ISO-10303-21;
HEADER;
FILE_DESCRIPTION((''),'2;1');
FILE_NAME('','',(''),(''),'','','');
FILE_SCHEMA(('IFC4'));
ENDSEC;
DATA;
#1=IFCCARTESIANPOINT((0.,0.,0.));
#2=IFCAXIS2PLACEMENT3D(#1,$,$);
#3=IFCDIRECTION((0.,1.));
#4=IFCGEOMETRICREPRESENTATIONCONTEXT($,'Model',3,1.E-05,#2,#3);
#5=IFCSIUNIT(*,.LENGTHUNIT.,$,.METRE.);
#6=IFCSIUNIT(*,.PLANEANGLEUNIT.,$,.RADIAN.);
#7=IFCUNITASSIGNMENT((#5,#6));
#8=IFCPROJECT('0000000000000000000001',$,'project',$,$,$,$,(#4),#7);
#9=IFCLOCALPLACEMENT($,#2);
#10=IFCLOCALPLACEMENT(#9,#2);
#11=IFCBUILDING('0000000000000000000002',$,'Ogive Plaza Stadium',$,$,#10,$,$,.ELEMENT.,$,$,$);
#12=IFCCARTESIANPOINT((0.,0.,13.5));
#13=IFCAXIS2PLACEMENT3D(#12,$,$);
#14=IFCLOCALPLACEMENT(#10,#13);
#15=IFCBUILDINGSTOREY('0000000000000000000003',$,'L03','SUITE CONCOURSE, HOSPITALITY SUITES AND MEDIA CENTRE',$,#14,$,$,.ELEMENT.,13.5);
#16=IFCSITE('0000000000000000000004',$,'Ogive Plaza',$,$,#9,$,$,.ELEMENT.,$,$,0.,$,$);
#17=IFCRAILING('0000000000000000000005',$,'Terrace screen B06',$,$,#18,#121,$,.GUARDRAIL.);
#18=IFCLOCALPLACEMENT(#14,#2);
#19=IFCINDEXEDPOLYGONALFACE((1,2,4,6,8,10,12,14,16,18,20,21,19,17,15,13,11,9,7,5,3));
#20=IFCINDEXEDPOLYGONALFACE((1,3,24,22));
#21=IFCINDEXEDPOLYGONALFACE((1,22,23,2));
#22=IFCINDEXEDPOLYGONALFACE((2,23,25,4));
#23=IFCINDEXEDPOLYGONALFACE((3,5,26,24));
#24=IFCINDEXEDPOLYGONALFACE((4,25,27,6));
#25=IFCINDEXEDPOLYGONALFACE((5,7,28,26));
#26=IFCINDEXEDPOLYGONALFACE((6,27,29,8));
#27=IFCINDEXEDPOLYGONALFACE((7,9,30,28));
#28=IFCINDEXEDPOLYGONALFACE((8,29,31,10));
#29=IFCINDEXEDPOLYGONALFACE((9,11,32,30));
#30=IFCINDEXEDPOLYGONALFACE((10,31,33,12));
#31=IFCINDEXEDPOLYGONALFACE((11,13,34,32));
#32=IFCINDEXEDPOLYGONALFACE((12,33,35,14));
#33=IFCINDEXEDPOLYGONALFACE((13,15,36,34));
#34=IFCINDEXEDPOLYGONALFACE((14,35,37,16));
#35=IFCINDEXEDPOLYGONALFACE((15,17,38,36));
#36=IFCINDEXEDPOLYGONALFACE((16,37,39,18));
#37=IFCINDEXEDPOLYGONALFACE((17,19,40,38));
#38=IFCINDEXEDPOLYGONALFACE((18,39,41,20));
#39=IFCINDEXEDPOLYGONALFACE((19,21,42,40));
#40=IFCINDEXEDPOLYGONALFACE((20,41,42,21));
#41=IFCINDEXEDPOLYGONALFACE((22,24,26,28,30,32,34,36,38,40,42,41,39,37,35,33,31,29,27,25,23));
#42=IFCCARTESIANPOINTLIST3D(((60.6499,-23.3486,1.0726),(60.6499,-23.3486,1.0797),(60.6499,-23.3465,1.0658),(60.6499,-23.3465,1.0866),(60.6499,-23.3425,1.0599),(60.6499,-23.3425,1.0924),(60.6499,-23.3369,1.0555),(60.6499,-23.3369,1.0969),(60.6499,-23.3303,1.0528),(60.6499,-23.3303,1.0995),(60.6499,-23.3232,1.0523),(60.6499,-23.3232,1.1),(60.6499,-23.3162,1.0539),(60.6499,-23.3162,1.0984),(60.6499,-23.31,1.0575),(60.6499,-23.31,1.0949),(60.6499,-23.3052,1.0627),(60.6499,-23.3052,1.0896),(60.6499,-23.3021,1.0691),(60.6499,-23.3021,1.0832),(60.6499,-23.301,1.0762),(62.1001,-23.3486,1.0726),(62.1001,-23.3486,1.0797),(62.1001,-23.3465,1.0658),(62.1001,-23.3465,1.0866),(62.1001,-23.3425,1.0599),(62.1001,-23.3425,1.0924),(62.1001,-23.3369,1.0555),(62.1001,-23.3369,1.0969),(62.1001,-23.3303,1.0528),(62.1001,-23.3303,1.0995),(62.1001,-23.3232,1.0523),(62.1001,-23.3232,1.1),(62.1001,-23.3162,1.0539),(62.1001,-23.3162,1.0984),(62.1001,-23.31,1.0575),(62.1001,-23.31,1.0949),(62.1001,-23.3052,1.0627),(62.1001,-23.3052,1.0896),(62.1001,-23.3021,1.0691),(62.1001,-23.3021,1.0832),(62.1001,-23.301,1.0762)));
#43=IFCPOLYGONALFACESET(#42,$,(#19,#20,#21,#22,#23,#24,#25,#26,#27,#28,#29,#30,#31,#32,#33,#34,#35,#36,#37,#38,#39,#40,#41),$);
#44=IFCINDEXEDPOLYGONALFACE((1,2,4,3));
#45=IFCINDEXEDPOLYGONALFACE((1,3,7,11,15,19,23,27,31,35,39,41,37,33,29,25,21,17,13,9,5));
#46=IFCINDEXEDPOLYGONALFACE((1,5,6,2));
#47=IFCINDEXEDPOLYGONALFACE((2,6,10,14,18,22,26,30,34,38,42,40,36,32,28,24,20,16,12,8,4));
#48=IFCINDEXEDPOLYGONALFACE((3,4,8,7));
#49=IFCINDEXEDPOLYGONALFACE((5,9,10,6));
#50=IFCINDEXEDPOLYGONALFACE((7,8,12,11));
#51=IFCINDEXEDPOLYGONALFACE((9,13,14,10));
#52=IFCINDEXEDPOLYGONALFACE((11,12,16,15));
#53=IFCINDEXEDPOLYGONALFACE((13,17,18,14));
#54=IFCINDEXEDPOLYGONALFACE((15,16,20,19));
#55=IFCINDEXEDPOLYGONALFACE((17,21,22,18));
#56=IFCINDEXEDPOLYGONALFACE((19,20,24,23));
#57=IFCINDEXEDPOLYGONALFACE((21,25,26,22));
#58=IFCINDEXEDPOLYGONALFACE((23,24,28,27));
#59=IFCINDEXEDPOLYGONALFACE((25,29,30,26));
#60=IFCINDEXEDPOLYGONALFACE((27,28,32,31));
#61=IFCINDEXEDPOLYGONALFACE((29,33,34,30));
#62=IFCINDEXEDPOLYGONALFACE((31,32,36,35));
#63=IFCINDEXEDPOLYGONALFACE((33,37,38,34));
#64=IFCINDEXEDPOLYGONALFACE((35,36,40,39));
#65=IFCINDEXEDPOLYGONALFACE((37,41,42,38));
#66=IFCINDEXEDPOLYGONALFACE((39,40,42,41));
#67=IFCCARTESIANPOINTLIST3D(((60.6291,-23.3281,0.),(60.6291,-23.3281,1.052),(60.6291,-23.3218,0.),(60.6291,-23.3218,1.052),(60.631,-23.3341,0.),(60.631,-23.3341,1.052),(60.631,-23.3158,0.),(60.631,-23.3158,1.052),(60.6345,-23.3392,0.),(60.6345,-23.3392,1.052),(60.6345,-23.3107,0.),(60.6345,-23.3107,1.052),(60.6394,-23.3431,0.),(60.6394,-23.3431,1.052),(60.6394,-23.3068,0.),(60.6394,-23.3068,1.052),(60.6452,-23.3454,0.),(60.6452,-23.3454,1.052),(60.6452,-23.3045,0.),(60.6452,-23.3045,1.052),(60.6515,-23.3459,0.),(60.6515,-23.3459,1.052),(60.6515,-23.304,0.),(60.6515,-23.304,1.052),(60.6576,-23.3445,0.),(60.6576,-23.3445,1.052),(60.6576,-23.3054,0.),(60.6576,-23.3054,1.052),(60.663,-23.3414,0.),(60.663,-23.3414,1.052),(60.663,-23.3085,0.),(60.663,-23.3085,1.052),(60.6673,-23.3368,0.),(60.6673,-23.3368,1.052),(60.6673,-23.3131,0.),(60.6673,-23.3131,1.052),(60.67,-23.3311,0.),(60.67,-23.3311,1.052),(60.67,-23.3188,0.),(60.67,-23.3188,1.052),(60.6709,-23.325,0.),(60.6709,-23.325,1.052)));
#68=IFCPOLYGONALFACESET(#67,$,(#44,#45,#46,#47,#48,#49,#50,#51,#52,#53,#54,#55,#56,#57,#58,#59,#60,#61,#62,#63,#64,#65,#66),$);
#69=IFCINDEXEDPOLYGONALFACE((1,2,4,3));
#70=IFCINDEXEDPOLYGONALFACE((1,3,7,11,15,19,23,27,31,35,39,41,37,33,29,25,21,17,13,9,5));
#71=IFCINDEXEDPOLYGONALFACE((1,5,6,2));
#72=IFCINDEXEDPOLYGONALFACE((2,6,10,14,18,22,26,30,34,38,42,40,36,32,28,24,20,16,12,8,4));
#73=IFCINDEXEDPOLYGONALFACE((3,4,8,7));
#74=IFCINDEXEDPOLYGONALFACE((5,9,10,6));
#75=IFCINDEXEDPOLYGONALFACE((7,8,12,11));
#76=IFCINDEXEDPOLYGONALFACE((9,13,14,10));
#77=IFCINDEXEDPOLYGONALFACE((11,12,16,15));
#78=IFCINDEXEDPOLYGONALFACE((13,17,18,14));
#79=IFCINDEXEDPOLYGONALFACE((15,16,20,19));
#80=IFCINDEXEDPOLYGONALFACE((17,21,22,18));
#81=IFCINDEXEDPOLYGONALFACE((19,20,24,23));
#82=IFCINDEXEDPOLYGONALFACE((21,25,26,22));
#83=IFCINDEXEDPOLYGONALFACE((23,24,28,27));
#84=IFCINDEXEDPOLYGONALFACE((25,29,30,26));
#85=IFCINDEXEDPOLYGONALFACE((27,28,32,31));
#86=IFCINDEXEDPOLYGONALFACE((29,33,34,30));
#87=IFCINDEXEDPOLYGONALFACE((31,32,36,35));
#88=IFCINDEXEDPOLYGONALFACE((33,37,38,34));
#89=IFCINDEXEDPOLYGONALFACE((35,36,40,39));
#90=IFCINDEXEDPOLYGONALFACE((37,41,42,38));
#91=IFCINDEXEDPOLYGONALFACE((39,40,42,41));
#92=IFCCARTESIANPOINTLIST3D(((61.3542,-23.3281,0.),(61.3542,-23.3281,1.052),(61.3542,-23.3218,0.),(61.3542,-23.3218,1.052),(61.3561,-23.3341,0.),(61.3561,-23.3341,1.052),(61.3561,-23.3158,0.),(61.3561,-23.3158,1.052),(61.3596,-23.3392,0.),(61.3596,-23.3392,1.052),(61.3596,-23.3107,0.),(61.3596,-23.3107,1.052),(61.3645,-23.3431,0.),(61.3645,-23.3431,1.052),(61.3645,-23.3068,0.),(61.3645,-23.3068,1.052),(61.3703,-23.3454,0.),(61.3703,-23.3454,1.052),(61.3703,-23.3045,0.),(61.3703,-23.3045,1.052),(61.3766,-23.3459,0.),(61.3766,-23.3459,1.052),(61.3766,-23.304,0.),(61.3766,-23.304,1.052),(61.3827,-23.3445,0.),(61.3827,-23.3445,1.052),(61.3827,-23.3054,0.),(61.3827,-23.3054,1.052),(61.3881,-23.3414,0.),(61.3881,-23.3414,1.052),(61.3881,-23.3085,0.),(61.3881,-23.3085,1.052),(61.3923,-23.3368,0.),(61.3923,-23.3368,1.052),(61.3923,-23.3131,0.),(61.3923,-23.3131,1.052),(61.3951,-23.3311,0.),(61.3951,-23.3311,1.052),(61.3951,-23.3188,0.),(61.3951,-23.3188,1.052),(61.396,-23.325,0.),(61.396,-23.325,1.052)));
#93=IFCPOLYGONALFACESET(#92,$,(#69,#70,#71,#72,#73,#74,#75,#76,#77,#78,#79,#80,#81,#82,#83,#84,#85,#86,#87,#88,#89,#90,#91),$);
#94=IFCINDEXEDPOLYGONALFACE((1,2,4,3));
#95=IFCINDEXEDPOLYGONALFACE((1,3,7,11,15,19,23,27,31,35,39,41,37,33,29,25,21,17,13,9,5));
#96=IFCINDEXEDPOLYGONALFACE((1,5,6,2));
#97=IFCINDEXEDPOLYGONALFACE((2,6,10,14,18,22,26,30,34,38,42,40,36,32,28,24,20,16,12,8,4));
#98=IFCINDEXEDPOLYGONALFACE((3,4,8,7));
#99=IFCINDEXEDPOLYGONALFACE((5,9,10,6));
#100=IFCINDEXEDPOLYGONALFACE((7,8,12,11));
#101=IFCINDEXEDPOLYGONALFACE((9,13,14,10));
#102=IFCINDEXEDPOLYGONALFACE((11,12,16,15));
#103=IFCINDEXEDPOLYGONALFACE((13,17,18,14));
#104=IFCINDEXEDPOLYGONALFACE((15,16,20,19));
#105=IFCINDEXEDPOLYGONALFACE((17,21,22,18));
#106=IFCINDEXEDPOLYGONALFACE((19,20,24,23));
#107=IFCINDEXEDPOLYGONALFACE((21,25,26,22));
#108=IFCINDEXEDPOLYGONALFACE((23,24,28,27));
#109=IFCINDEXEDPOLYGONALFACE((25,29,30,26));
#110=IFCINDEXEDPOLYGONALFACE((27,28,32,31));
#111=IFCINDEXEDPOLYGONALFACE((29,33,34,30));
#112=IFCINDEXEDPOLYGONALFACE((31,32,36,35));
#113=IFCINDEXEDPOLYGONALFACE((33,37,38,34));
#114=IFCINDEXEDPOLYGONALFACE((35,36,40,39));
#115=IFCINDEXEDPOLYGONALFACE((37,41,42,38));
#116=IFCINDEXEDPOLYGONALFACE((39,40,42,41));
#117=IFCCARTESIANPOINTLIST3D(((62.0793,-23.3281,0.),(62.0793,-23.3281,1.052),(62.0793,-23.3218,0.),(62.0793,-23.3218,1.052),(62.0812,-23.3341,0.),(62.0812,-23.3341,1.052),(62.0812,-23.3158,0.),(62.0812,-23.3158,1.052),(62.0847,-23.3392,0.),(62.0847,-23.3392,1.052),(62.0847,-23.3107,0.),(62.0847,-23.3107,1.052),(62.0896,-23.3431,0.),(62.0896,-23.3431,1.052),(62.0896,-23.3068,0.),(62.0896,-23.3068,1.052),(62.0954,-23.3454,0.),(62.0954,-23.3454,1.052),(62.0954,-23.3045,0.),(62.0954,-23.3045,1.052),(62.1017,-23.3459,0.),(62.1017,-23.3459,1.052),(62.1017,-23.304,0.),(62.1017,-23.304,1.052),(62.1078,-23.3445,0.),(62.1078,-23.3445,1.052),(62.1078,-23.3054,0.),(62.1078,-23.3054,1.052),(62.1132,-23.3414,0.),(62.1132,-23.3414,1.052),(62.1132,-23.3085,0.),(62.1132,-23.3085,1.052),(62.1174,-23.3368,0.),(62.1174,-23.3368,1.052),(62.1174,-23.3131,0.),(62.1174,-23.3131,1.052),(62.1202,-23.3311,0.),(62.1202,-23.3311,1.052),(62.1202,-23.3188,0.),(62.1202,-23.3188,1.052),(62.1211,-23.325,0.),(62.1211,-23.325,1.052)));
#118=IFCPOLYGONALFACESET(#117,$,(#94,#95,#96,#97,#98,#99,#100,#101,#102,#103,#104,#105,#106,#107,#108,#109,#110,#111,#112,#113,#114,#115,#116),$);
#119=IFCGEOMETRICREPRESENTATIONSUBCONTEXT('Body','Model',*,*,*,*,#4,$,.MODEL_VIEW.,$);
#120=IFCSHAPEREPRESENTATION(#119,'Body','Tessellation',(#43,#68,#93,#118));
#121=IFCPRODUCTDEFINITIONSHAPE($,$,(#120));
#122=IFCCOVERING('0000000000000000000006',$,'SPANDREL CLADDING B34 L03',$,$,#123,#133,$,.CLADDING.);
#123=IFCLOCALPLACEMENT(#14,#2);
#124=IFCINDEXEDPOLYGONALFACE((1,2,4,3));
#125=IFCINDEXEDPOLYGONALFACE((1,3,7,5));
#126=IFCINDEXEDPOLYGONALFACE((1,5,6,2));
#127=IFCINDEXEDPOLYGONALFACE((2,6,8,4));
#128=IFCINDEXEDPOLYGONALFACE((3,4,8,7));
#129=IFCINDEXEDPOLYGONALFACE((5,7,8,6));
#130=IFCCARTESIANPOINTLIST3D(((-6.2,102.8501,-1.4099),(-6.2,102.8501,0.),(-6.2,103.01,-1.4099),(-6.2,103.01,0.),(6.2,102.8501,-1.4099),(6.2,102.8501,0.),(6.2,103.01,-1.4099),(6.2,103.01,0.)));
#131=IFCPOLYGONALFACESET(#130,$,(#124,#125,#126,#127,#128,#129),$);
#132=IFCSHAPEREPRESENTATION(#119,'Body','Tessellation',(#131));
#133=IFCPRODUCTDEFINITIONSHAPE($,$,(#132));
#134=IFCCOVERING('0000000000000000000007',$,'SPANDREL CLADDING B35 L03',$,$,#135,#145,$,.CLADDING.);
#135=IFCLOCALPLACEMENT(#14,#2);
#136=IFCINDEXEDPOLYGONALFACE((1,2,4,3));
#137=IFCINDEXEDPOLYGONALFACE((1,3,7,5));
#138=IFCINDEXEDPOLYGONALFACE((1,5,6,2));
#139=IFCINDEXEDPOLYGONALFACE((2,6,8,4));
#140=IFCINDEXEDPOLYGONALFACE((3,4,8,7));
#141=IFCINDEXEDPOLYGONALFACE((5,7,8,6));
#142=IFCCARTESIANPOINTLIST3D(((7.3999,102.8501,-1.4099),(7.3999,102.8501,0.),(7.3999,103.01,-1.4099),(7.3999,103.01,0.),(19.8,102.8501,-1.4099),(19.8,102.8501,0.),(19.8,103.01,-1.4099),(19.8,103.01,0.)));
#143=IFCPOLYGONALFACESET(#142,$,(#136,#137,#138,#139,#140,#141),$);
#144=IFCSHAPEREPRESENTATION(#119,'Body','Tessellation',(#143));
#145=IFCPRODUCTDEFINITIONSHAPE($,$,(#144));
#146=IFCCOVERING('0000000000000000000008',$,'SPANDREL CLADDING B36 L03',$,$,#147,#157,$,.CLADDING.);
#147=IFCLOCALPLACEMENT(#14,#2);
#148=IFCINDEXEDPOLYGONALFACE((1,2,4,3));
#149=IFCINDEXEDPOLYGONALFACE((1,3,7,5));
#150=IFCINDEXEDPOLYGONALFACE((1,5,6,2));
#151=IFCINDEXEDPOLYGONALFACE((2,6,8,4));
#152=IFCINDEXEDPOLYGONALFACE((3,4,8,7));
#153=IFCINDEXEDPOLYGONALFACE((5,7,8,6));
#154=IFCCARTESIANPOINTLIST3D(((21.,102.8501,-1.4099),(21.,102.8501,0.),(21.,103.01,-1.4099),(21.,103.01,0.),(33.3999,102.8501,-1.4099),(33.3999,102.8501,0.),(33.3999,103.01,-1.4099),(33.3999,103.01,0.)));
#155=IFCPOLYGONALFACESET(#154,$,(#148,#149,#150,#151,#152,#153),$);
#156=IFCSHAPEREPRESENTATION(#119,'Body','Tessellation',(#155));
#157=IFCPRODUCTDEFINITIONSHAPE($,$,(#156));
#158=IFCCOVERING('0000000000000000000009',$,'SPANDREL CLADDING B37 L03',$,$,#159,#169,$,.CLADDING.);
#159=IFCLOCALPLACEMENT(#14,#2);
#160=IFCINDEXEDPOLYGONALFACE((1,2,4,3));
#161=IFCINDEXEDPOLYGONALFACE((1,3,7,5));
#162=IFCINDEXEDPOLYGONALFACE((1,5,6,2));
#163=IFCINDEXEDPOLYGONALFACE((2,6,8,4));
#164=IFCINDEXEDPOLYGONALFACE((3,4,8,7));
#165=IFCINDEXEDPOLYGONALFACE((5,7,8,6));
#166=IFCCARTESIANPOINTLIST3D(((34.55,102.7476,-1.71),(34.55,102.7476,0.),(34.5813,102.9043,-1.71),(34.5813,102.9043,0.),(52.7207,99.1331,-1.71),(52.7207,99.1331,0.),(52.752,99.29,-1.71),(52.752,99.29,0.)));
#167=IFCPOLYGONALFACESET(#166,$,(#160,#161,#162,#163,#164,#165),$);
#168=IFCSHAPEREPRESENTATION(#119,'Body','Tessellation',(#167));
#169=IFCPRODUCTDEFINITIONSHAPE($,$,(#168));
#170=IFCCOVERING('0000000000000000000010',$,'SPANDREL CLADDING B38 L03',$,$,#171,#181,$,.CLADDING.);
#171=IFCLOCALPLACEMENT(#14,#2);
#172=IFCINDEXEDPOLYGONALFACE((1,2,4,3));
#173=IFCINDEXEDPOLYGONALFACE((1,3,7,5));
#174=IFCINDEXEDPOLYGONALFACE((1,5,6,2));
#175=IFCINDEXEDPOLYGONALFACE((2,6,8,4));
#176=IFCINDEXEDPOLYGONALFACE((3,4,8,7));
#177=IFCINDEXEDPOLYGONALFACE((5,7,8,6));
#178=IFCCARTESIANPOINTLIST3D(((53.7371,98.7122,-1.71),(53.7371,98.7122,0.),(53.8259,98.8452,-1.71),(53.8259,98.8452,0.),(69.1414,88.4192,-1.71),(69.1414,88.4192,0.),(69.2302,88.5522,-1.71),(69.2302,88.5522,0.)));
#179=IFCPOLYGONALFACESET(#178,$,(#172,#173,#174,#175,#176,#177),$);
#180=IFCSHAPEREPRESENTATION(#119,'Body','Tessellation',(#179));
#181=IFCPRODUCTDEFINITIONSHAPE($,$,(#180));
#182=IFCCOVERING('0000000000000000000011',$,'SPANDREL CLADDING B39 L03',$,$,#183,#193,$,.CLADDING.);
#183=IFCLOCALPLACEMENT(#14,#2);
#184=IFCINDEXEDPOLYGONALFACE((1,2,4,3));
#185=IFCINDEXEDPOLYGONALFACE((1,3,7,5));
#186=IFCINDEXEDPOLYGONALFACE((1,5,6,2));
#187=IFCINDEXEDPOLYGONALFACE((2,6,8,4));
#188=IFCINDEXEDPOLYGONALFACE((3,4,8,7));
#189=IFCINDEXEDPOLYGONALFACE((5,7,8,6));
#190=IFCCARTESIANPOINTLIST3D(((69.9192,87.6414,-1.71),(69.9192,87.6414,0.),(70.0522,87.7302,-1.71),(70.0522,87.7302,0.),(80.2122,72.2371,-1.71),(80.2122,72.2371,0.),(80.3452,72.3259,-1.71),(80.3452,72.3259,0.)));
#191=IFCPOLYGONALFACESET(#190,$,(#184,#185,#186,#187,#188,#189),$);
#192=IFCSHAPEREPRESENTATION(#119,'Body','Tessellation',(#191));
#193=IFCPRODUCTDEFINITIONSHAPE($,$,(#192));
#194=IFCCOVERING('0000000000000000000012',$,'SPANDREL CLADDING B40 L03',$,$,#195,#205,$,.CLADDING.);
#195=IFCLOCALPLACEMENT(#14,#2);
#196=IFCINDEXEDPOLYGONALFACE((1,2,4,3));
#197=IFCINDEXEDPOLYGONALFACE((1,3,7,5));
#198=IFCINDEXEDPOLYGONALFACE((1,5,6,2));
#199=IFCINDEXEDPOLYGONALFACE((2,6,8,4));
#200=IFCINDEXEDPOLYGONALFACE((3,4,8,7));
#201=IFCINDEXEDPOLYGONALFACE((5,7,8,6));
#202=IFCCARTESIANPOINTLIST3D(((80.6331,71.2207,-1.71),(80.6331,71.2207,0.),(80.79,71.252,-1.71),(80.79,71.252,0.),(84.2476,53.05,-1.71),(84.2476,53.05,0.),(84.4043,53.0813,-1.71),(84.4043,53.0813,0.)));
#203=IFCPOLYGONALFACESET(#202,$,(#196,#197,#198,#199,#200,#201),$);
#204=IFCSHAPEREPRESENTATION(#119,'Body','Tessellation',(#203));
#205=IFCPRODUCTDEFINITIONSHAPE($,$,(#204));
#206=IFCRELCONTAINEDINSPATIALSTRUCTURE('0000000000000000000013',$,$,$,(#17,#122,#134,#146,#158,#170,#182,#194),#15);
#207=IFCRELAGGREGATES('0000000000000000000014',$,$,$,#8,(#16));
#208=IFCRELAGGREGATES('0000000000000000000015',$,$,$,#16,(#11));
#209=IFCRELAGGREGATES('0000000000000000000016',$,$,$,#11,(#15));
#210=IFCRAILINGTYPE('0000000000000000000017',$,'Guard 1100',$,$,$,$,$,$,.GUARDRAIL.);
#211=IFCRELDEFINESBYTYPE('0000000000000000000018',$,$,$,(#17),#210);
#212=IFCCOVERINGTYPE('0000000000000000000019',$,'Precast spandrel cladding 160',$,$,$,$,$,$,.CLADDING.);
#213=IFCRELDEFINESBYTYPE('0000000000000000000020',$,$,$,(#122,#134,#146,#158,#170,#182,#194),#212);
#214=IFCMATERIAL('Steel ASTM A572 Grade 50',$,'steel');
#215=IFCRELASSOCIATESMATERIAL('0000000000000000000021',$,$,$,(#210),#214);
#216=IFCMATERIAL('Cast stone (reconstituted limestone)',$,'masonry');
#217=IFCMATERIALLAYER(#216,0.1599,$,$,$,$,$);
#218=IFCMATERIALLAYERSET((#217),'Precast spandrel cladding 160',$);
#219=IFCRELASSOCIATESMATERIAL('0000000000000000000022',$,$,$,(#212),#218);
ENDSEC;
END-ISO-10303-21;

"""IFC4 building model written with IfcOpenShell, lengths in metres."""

from ifc_helpers import new_model, si_unit, direction, frame, origin, origin_2d, place, context, subcontext, project, spatial, polyline, circle, outline, extrude, material, layer, layer_set, type_object, element, save


model = new_model("IFC4")

# Units and contexts
model_context = context("Model", 3, precision=1e-05, world=origin(), true_north=direction((0.0, 1.0)))
body_context = subcontext(model_context, "Body", "Model", "MODEL_VIEW")
ifc_project = project(units=[si_unit("LENGTHUNIT", "METRE"), si_unit("PLANEANGLEUNIT", "RADIAN")], contexts=[model_context])

# Site, building, storey
site_placement = place(None, origin())
site = spatial("IfcSite", under=ifc_project, at=site_placement, Name="Ogive Plaza", CompositionType="ELEMENT", RefElevation=0.0)
building_placement = place(site_placement, origin())
building = spatial("IfcBuilding", under=site, at=building_placement, Name="Ogive Plaza Stadium", CompositionType="ELEMENT")
storey_placement = place(building_placement, frame((0.0, 0.0, 13.5)))
storey = spatial("IfcBuildingStorey", under=building, at=storey_placement, Name="L03", Description="SUITE CONCOURSE, HOSPITALITY SUITES AND MEDIA CENTRE", CompositionType="ELEMENT", Elevation=13.5)

# Railing
ifc_material_1 = material(Name="Steel ASTM A572 Grade 50", Category="steel")
railing_type = type_object("IfcRailingType", Name="Guard 1100", PredefinedType="GUARDRAIL", material=ifc_material_1)
railing_1_placement = place(storey_placement, frame((60.6499, -23.325, 0.0)))
element("IfcRailing", 1, at=railing_1_placement, inside=storey, type_object=railing_type, Name="Terrace screen B06", PredefinedType="GUARDRAIL", context=body_context, shape_type="SweptSolid", body=[
    extrude(circle(Radius=0.0239, at=origin_2d()), frame((0.0, 0.0, 1.0762), z_axis=(1.0, 0.0, 0.0), x_axis=(0.0, 1.0, 0.0)), (0.0, 0.0, 1.0), 1.4502),
    extrude(circle(Radius=0.021, at=origin_2d()), origin(), (0.0, 0.0, 1.0), 1.052),
    extrude(circle(Radius=0.021, at=origin_2d()), frame((0.7251, 0.0, 0.0)), (0.0, 0.0, 1.0), 1.052),
    extrude(circle(Radius=0.021, at=origin_2d()), frame((1.4502, 0.0, 0.0)), (0.0, 0.0, 1.0), 1.052),
])

# Coverings
ifc_material_2 = material(Name="Cast stone (reconstituted limestone)", Category="masonry")
ifc_layer_1 = layer(ifc_material_2, 0.1599)
ifc_layer_set_1 = layer_set([ifc_layer_1], Name="Precast spandrel cladding 160")
covering_type = type_object("IfcCoveringType", Name="Precast spandrel cladding 160", PredefinedType="CLADDING", material=ifc_layer_set_1)
covering_1_placement = place(storey_placement, frame((0.0, 0.0, -1.4099)))
element("IfcCovering", 2, at=covering_1_placement, inside=storey, type_object=covering_type, Name="SPANDREL CLADDING B34 L03", PredefinedType="CLADDING", context=body_context, shape_type="SweptSolid", body=[
    extrude(outline(polyline([(-6.2, 102.8501), (6.2, 102.8501), (6.2, 103.01), (-6.2, 103.01), (-6.2, 102.8501)])), origin(), (0.0, 0.0, 1.0), 1.4099),
])
covering_2_placement = place(storey_placement, frame((0.0, 0.0, -1.4099)))
element("IfcCovering", 3, at=covering_2_placement, inside=storey, type_object=covering_type, Name="SPANDREL CLADDING B35 L03", PredefinedType="CLADDING", context=body_context, shape_type="SweptSolid", body=[
    extrude(outline(polyline([(7.3999, 102.8501), (19.8, 102.8501), (19.8, 103.01), (7.3999, 103.01), (7.3999, 102.8501)])), origin(), (0.0, 0.0, 1.0), 1.4099),
])
covering_3_placement = place(storey_placement, frame((0.0, 0.0, -1.4099)))
element("IfcCovering", 4, at=covering_3_placement, inside=storey, type_object=covering_type, Name="SPANDREL CLADDING B36 L03", PredefinedType="CLADDING", context=body_context, shape_type="SweptSolid", body=[
    extrude(outline(polyline([(21.0, 102.8501), (33.3999, 102.8501), (33.3999, 103.01), (21.0, 103.01), (21.0, 102.8501)])), origin(), (0.0, 0.0, 1.0), 1.4099),
])
covering_4_placement = place(storey_placement, frame((0.0, 0.0, -1.71)))
element("IfcCovering", 5, at=covering_4_placement, inside=storey, type_object=covering_type, Name="SPANDREL CLADDING B37 L03", PredefinedType="CLADDING", context=body_context, shape_type="SweptSolid", body=[
    extrude(outline(polyline([(34.55, 102.7476), (52.7207, 99.1331), (52.752, 99.29), (34.5813, 102.9043), (34.55, 102.7476)])), origin(), (0.0, 0.0, 1.0), 1.71),
])
covering_5_placement = place(storey_placement, frame((0.0, 0.0, -1.71)))
element("IfcCovering", 6, at=covering_5_placement, inside=storey, type_object=covering_type, Name="SPANDREL CLADDING B38 L03", PredefinedType="CLADDING", context=body_context, shape_type="SweptSolid", body=[
    extrude(outline(polyline([(53.7371, 98.7122), (69.1414, 88.4192), (69.2302, 88.5522), (53.8259, 98.8452), (53.7371, 98.7122)])), origin(), (0.0, 0.0, 1.0), 1.71),
])
covering_6_placement = place(storey_placement, frame((0.0, 0.0, -1.71)))
element("IfcCovering", 7, at=covering_6_placement, inside=storey, type_object=covering_type, Name="SPANDREL CLADDING B39 L03", PredefinedType="CLADDING", context=body_context, shape_type="SweptSolid", body=[
    extrude(outline(polyline([(69.9192, 87.6414), (80.2122, 72.2371), (80.3452, 72.3259), (70.0522, 87.7302), (69.9192, 87.6414)])), origin(), (0.0, 0.0, 1.0), 1.71),
])
covering_7_placement = place(storey_placement, frame((0.0, 0.0, -1.71)))
element("IfcCovering", 8, at=covering_7_placement, inside=storey, type_object=covering_type, Name="SPANDREL CLADDING B40 L03", PredefinedType="CLADDING", context=body_context, shape_type="SweptSolid", body=[
    extrude(outline(polyline([(80.6331, 71.2207), (84.2476, 53.05), (84.4043, 53.0813), (80.79, 71.252), (80.6331, 71.2207)])), origin(), (0.0, 0.0, 1.0), 1.71),
])

save(model, "model.ifc")
